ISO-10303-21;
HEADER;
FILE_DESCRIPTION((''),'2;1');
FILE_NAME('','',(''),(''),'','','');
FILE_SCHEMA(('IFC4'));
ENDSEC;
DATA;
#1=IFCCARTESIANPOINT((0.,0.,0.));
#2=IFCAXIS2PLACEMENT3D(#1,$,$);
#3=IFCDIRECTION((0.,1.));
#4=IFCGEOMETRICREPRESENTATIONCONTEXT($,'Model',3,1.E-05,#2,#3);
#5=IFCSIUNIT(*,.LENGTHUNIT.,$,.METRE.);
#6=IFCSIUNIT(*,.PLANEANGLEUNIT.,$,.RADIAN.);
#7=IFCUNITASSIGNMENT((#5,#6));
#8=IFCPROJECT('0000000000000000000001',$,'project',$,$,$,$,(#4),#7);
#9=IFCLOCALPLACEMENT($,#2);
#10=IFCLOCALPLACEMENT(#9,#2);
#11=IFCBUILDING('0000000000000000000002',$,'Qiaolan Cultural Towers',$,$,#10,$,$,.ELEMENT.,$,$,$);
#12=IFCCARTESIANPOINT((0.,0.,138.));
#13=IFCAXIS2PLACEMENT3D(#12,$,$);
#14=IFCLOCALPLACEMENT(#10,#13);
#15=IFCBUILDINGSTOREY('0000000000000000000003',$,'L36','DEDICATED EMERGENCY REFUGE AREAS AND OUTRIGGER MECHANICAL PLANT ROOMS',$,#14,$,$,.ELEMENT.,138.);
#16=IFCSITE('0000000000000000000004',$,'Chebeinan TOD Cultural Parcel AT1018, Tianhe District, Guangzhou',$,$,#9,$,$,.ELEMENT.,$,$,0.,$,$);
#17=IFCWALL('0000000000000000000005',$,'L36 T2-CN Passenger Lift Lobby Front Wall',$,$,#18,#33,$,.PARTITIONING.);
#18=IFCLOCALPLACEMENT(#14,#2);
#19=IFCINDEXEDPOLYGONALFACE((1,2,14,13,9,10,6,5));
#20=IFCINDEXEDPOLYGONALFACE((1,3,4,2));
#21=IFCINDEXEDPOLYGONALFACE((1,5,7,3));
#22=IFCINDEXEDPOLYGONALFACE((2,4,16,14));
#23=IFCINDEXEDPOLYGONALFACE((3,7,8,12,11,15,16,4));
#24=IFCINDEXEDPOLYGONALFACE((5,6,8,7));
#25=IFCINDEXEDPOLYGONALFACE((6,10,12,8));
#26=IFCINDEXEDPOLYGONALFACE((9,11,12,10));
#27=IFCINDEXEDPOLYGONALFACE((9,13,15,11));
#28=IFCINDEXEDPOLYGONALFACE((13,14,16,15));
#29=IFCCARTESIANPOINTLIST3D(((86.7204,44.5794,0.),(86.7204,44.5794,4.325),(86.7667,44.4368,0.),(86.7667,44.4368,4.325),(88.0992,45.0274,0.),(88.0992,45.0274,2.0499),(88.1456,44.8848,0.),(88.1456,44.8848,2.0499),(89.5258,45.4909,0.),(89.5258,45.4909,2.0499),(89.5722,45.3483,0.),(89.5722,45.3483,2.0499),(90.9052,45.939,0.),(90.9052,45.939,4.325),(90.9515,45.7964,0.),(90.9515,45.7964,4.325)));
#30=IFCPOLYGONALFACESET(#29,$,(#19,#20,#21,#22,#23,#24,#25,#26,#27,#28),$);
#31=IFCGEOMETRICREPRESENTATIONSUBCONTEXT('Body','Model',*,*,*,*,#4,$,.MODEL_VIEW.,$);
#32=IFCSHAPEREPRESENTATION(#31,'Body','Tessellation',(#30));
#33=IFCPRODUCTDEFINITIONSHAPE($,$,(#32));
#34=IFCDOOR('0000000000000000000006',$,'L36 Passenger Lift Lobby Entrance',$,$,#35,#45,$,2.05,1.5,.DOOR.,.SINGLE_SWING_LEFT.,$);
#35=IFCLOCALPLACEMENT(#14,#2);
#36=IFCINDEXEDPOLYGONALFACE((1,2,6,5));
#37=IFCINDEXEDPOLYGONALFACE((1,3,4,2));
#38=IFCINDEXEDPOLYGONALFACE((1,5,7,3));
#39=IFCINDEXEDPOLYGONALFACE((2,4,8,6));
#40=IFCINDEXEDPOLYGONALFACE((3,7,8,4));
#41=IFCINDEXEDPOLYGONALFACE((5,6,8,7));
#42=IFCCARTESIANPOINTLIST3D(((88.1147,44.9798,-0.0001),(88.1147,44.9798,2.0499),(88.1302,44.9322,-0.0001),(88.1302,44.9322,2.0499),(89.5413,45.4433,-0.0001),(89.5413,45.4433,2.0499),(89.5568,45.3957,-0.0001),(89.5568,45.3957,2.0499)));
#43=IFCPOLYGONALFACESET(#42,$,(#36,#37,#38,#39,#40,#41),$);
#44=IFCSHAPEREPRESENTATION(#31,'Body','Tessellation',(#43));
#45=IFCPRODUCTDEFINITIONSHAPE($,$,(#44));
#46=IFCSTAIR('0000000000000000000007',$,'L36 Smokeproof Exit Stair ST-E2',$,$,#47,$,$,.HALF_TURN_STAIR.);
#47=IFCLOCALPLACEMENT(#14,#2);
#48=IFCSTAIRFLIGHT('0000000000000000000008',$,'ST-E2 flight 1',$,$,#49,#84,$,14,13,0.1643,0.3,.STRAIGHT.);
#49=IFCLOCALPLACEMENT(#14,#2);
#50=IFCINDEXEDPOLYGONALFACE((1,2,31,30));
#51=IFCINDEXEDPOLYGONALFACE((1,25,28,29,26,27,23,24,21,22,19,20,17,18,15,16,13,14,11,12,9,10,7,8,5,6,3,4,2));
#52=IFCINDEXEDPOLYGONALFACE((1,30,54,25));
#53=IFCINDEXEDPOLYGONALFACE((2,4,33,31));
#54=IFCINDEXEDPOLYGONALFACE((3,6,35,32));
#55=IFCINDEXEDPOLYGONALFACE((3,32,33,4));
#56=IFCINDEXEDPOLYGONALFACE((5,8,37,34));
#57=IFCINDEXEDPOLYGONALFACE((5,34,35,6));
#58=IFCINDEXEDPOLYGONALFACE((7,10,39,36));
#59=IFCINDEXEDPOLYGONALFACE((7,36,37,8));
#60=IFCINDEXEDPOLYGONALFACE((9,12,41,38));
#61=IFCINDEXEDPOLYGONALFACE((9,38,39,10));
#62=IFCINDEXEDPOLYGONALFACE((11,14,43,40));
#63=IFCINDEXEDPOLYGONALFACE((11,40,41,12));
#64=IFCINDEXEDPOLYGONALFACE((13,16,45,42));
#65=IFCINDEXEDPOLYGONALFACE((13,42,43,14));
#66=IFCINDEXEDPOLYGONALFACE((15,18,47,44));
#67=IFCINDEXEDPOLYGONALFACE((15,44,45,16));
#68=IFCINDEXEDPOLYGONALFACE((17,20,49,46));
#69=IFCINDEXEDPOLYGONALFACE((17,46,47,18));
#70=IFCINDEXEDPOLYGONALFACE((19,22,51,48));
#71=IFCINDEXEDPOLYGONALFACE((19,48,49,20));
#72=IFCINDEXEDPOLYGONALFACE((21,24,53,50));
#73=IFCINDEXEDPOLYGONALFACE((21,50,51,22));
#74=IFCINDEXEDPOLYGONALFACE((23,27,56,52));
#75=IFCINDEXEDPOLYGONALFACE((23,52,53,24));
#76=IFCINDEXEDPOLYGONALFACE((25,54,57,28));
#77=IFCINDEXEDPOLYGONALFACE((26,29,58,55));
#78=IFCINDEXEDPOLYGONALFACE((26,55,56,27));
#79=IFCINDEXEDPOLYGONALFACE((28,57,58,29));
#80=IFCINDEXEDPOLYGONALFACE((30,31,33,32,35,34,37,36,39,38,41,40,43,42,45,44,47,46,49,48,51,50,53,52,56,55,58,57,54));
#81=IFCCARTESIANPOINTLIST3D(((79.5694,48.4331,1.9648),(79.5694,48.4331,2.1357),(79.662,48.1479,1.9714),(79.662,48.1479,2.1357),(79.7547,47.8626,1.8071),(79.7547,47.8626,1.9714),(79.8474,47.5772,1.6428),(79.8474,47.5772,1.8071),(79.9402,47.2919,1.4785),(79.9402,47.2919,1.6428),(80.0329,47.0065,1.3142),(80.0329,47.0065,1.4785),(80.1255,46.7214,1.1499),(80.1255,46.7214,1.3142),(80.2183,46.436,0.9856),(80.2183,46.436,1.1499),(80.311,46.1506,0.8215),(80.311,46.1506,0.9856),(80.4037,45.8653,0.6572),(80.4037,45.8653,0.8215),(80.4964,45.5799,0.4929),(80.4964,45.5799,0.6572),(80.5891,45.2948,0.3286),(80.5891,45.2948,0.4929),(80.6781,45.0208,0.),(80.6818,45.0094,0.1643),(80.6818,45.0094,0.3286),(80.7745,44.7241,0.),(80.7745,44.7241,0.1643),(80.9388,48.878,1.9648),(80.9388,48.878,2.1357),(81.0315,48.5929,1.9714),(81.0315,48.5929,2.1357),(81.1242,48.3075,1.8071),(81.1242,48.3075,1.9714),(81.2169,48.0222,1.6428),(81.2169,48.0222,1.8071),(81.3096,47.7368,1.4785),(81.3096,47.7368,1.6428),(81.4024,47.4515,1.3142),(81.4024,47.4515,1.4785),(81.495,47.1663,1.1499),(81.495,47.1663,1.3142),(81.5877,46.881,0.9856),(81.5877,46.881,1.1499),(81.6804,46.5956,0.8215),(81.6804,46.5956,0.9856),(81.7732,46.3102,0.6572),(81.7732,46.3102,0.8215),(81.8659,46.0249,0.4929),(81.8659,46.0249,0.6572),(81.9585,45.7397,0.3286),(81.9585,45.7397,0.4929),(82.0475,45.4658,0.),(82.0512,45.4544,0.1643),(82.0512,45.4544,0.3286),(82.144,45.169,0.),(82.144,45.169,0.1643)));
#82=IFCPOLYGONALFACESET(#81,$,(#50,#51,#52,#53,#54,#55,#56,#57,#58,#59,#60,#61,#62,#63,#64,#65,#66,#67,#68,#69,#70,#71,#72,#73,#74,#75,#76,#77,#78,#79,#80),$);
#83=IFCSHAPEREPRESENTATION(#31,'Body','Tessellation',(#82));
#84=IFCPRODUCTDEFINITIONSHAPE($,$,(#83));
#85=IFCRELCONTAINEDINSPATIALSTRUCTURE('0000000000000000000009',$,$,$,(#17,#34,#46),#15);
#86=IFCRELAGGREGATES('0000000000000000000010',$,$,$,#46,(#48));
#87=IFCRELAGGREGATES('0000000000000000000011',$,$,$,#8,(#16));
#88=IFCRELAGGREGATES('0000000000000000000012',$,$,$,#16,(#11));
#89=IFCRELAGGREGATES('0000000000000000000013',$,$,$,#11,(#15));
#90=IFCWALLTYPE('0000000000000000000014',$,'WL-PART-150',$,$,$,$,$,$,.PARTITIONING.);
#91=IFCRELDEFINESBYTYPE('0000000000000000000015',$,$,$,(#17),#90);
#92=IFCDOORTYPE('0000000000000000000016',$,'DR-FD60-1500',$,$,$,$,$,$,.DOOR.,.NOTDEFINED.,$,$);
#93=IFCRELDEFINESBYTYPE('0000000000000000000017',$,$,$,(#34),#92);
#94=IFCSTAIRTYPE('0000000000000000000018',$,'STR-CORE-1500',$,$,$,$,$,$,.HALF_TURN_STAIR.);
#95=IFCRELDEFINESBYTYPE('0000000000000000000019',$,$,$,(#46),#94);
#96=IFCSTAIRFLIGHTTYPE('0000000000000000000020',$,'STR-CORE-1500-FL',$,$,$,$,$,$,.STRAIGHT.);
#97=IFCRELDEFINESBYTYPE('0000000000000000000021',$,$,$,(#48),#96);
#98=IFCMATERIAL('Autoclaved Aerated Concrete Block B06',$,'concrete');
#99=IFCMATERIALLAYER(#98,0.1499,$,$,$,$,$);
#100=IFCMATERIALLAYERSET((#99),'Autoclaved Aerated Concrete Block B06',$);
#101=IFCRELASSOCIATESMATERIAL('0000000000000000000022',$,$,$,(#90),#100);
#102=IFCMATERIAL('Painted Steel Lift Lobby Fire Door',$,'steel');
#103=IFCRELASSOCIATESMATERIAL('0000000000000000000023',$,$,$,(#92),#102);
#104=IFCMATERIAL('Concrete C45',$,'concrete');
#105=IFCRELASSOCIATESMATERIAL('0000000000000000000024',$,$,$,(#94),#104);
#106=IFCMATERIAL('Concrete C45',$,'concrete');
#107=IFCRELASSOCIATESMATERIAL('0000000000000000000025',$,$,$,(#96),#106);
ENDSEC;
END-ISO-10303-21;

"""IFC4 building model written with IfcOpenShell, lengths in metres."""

from ifc_helpers import new_model, si_unit, direction, frame, frame_2d, origin, place, context, subcontext, project, spatial, polyline, rectangle, outline, extrude, material, layer, layer_set, type_object, element, fill, aggregate, save


model = new_model("IFC4")

# Units and contexts
model_context = context("Model", 3, precision=1e-05, world=origin(), true_north=direction((0.0, 1.0)))
body_context = subcontext(model_context, "Body", "Model", "MODEL_VIEW")
ifc_project = project(units=[si_unit("LENGTHUNIT", "METRE"), si_unit("PLANEANGLEUNIT", "RADIAN")], contexts=[model_context])

# Site, building, storey
site_placement = place(None, origin())
site = spatial("IfcSite", under=ifc_project, at=site_placement, Name="Chebeinan TOD Cultural Parcel AT1018, Tianhe District, Guangzhou", CompositionType="ELEMENT", RefElevation=0.0)
building_placement = place(site_placement, origin())
building = spatial("IfcBuilding", under=site, at=building_placement, Name="Qiaolan Cultural Towers", CompositionType="ELEMENT")
storey_placement = place(building_placement, frame((0.0, 0.0, 138.0)))
storey = spatial("IfcBuildingStorey", under=building, at=storey_placement, Name="L36", Description="DEDICATED EMERGENCY REFUGE AREAS AND OUTRIGGER MECHANICAL PLANT ROOMS", CompositionType="ELEMENT", Elevation=138.0)

# Wall, opening, door
ifc_material_1 = material(Name="Autoclaved Aerated Concrete Block B06", Category="concrete")
ifc_layer_1 = layer(ifc_material_1, 0.1499)
ifc_layer_set_1 = layer_set([ifc_layer_1], Name="Autoclaved Aerated Concrete Block B06")
wall_type_1 = type_object("IfcWallType", Name="WL-PART-150", PredefinedType="PARTITIONING", material=ifc_layer_set_1)
wall_1_placement = place(storey_placement, frame((86.7434, 44.5081, 0.0), z_axis=(0.0, 0.0, 1.0), x_axis=(0.951064, 0.308994, 0.0)))
wall_1 = element("IfcWall", 1, at=wall_1_placement, inside=storey, type_object=wall_type_1, Name="L36 T2-CN Passenger Lift Lobby Front Wall", PredefinedType="PARTITIONING", context=body_context, shape_type="SweptSolid", body=[
    extrude(rectangle(XDim=4.4001, YDim=0.1499, at=frame_2d((2.2002, 0.0))), origin(), (0.0, 0.0, 1.0), 4.325),
])
opening_1_placement = place(wall_1_placement, frame((1.45, 0.0, 0.0)))
opening_1 = element("IfcOpeningElement", 2, at=opening_1_placement, cuts=wall_1, PredefinedType="OPENING", context=body_context, shape_type="SweptSolid", body=[
    extrude(rectangle(XDim=1.5, YDim=2.05, at=frame_2d((0.75, 1.0249))), frame((0.0, 0.085, 0.0), z_axis=(0.0, -1.0, 0.0), x_axis=(1.0, 0.0, 0.0)), (0.0, 0.0, 1.0), 0.1699),
])
ifc_material_2 = material(Name="Painted Steel Lift Lobby Fire Door", Category="steel")
door_type_1 = type_object("IfcDoorType", Name="DR-FD60-1500", OperationType="NOTDEFINED", PredefinedType="DOOR", material=ifc_material_2)
door_1_placement = place(opening_1_placement, origin())
door_1 = element("IfcDoor", 3, at=door_1_placement, inside=storey, type_object=door_type_1, Name="L36 Passenger Lift Lobby Entrance", OperationType="SINGLE_SWING_LEFT", OverallHeight=2.05, OverallWidth=1.5, PredefinedType="DOOR", context=body_context, shape_type="SweptSolid", body=[
    extrude(rectangle(XDim=1.5, YDim=2.05, at=frame_2d((0.75, 1.0249))), frame((0.0, 0.0249, 0.0), z_axis=(0.0, -1.0, 0.0), x_axis=(1.0, 0.0, 0.0)), (0.0, 0.0, 1.0), 0.05),
])
fill(opening_1, door_1)

# Stair, stair flight
ifc_material_3 = material(Name="Concrete C45", Category="concrete")
stair_type = type_object("IfcStairType", Name="STR-CORE-1500", PredefinedType="HALF_TURN_STAIR", material=ifc_material_3)
stair_placement = place(storey_placement, origin())
stair = element("IfcStair", 4, at=stair_placement, inside=storey, type_object=stair_type, Name="L36 Smokeproof Exit Stair ST-E2", PredefinedType="HALF_TURN_STAIR")
ifc_material_4 = material(Name="Concrete C45", Category="concrete")
stair_flight_type = type_object("IfcStairFlightType", Name="STR-CORE-1500-FL", PredefinedType="STRAIGHT", material=ifc_material_4)
stair_flight_placement = place(storey_placement, frame((81.4592, 44.9465, 0.0), z_axis=(0.0, 0.0, 1.0), x_axis=(-0.309017, 0.951057, 0.0)))
stair_flight = element("IfcStairFlight", 5, at=stair_flight_placement, type_object=stair_flight_type, Name="ST-E2 flight 1", NumberOfRisers=14, NumberOfTreads=13, PredefinedType="STRAIGHT", RiserHeight=0.1643, TreadLength=0.3, context=body_context, shape_type="SweptSolid", body=[
    extrude(outline(polyline([(0.0, 0.0), (0.0, 0.1643), (0.3, 0.1643), (0.3, 0.3286), (0.6001, 0.3286), (0.6001, 0.4929), (0.8999, 0.4929), (0.8999, 0.6572), (1.2, 0.6572), (1.2, 0.8215), (1.5, 0.8215), (1.5, 0.9856), (1.8, 0.9856), (1.8, 1.1499), (2.1001, 1.1499), (2.1001, 1.3142), (2.3999, 1.3142), (2.3999, 1.4785), (2.7, 1.4785), (2.7, 1.6428), (3.0, 1.6428), (3.0, 1.8071), (3.3, 1.8071), (3.3, 1.9714), (3.6001, 1.9714), (3.6001, 2.1357), (3.8999, 2.1357), (3.8999, 2.3), (3.8999, 1.9648), (0.312, 0.0), (0.0, 0.0)])), frame((0.0, 0.72, 0.0), z_axis=(0.0, -1.0, 0.0), x_axis=(1.0, 0.0, 0.0)), (0.0, 0.0, 1.0), 1.4399),
])
aggregate(stair, [stair_flight])

save(model, "model.ifc")
